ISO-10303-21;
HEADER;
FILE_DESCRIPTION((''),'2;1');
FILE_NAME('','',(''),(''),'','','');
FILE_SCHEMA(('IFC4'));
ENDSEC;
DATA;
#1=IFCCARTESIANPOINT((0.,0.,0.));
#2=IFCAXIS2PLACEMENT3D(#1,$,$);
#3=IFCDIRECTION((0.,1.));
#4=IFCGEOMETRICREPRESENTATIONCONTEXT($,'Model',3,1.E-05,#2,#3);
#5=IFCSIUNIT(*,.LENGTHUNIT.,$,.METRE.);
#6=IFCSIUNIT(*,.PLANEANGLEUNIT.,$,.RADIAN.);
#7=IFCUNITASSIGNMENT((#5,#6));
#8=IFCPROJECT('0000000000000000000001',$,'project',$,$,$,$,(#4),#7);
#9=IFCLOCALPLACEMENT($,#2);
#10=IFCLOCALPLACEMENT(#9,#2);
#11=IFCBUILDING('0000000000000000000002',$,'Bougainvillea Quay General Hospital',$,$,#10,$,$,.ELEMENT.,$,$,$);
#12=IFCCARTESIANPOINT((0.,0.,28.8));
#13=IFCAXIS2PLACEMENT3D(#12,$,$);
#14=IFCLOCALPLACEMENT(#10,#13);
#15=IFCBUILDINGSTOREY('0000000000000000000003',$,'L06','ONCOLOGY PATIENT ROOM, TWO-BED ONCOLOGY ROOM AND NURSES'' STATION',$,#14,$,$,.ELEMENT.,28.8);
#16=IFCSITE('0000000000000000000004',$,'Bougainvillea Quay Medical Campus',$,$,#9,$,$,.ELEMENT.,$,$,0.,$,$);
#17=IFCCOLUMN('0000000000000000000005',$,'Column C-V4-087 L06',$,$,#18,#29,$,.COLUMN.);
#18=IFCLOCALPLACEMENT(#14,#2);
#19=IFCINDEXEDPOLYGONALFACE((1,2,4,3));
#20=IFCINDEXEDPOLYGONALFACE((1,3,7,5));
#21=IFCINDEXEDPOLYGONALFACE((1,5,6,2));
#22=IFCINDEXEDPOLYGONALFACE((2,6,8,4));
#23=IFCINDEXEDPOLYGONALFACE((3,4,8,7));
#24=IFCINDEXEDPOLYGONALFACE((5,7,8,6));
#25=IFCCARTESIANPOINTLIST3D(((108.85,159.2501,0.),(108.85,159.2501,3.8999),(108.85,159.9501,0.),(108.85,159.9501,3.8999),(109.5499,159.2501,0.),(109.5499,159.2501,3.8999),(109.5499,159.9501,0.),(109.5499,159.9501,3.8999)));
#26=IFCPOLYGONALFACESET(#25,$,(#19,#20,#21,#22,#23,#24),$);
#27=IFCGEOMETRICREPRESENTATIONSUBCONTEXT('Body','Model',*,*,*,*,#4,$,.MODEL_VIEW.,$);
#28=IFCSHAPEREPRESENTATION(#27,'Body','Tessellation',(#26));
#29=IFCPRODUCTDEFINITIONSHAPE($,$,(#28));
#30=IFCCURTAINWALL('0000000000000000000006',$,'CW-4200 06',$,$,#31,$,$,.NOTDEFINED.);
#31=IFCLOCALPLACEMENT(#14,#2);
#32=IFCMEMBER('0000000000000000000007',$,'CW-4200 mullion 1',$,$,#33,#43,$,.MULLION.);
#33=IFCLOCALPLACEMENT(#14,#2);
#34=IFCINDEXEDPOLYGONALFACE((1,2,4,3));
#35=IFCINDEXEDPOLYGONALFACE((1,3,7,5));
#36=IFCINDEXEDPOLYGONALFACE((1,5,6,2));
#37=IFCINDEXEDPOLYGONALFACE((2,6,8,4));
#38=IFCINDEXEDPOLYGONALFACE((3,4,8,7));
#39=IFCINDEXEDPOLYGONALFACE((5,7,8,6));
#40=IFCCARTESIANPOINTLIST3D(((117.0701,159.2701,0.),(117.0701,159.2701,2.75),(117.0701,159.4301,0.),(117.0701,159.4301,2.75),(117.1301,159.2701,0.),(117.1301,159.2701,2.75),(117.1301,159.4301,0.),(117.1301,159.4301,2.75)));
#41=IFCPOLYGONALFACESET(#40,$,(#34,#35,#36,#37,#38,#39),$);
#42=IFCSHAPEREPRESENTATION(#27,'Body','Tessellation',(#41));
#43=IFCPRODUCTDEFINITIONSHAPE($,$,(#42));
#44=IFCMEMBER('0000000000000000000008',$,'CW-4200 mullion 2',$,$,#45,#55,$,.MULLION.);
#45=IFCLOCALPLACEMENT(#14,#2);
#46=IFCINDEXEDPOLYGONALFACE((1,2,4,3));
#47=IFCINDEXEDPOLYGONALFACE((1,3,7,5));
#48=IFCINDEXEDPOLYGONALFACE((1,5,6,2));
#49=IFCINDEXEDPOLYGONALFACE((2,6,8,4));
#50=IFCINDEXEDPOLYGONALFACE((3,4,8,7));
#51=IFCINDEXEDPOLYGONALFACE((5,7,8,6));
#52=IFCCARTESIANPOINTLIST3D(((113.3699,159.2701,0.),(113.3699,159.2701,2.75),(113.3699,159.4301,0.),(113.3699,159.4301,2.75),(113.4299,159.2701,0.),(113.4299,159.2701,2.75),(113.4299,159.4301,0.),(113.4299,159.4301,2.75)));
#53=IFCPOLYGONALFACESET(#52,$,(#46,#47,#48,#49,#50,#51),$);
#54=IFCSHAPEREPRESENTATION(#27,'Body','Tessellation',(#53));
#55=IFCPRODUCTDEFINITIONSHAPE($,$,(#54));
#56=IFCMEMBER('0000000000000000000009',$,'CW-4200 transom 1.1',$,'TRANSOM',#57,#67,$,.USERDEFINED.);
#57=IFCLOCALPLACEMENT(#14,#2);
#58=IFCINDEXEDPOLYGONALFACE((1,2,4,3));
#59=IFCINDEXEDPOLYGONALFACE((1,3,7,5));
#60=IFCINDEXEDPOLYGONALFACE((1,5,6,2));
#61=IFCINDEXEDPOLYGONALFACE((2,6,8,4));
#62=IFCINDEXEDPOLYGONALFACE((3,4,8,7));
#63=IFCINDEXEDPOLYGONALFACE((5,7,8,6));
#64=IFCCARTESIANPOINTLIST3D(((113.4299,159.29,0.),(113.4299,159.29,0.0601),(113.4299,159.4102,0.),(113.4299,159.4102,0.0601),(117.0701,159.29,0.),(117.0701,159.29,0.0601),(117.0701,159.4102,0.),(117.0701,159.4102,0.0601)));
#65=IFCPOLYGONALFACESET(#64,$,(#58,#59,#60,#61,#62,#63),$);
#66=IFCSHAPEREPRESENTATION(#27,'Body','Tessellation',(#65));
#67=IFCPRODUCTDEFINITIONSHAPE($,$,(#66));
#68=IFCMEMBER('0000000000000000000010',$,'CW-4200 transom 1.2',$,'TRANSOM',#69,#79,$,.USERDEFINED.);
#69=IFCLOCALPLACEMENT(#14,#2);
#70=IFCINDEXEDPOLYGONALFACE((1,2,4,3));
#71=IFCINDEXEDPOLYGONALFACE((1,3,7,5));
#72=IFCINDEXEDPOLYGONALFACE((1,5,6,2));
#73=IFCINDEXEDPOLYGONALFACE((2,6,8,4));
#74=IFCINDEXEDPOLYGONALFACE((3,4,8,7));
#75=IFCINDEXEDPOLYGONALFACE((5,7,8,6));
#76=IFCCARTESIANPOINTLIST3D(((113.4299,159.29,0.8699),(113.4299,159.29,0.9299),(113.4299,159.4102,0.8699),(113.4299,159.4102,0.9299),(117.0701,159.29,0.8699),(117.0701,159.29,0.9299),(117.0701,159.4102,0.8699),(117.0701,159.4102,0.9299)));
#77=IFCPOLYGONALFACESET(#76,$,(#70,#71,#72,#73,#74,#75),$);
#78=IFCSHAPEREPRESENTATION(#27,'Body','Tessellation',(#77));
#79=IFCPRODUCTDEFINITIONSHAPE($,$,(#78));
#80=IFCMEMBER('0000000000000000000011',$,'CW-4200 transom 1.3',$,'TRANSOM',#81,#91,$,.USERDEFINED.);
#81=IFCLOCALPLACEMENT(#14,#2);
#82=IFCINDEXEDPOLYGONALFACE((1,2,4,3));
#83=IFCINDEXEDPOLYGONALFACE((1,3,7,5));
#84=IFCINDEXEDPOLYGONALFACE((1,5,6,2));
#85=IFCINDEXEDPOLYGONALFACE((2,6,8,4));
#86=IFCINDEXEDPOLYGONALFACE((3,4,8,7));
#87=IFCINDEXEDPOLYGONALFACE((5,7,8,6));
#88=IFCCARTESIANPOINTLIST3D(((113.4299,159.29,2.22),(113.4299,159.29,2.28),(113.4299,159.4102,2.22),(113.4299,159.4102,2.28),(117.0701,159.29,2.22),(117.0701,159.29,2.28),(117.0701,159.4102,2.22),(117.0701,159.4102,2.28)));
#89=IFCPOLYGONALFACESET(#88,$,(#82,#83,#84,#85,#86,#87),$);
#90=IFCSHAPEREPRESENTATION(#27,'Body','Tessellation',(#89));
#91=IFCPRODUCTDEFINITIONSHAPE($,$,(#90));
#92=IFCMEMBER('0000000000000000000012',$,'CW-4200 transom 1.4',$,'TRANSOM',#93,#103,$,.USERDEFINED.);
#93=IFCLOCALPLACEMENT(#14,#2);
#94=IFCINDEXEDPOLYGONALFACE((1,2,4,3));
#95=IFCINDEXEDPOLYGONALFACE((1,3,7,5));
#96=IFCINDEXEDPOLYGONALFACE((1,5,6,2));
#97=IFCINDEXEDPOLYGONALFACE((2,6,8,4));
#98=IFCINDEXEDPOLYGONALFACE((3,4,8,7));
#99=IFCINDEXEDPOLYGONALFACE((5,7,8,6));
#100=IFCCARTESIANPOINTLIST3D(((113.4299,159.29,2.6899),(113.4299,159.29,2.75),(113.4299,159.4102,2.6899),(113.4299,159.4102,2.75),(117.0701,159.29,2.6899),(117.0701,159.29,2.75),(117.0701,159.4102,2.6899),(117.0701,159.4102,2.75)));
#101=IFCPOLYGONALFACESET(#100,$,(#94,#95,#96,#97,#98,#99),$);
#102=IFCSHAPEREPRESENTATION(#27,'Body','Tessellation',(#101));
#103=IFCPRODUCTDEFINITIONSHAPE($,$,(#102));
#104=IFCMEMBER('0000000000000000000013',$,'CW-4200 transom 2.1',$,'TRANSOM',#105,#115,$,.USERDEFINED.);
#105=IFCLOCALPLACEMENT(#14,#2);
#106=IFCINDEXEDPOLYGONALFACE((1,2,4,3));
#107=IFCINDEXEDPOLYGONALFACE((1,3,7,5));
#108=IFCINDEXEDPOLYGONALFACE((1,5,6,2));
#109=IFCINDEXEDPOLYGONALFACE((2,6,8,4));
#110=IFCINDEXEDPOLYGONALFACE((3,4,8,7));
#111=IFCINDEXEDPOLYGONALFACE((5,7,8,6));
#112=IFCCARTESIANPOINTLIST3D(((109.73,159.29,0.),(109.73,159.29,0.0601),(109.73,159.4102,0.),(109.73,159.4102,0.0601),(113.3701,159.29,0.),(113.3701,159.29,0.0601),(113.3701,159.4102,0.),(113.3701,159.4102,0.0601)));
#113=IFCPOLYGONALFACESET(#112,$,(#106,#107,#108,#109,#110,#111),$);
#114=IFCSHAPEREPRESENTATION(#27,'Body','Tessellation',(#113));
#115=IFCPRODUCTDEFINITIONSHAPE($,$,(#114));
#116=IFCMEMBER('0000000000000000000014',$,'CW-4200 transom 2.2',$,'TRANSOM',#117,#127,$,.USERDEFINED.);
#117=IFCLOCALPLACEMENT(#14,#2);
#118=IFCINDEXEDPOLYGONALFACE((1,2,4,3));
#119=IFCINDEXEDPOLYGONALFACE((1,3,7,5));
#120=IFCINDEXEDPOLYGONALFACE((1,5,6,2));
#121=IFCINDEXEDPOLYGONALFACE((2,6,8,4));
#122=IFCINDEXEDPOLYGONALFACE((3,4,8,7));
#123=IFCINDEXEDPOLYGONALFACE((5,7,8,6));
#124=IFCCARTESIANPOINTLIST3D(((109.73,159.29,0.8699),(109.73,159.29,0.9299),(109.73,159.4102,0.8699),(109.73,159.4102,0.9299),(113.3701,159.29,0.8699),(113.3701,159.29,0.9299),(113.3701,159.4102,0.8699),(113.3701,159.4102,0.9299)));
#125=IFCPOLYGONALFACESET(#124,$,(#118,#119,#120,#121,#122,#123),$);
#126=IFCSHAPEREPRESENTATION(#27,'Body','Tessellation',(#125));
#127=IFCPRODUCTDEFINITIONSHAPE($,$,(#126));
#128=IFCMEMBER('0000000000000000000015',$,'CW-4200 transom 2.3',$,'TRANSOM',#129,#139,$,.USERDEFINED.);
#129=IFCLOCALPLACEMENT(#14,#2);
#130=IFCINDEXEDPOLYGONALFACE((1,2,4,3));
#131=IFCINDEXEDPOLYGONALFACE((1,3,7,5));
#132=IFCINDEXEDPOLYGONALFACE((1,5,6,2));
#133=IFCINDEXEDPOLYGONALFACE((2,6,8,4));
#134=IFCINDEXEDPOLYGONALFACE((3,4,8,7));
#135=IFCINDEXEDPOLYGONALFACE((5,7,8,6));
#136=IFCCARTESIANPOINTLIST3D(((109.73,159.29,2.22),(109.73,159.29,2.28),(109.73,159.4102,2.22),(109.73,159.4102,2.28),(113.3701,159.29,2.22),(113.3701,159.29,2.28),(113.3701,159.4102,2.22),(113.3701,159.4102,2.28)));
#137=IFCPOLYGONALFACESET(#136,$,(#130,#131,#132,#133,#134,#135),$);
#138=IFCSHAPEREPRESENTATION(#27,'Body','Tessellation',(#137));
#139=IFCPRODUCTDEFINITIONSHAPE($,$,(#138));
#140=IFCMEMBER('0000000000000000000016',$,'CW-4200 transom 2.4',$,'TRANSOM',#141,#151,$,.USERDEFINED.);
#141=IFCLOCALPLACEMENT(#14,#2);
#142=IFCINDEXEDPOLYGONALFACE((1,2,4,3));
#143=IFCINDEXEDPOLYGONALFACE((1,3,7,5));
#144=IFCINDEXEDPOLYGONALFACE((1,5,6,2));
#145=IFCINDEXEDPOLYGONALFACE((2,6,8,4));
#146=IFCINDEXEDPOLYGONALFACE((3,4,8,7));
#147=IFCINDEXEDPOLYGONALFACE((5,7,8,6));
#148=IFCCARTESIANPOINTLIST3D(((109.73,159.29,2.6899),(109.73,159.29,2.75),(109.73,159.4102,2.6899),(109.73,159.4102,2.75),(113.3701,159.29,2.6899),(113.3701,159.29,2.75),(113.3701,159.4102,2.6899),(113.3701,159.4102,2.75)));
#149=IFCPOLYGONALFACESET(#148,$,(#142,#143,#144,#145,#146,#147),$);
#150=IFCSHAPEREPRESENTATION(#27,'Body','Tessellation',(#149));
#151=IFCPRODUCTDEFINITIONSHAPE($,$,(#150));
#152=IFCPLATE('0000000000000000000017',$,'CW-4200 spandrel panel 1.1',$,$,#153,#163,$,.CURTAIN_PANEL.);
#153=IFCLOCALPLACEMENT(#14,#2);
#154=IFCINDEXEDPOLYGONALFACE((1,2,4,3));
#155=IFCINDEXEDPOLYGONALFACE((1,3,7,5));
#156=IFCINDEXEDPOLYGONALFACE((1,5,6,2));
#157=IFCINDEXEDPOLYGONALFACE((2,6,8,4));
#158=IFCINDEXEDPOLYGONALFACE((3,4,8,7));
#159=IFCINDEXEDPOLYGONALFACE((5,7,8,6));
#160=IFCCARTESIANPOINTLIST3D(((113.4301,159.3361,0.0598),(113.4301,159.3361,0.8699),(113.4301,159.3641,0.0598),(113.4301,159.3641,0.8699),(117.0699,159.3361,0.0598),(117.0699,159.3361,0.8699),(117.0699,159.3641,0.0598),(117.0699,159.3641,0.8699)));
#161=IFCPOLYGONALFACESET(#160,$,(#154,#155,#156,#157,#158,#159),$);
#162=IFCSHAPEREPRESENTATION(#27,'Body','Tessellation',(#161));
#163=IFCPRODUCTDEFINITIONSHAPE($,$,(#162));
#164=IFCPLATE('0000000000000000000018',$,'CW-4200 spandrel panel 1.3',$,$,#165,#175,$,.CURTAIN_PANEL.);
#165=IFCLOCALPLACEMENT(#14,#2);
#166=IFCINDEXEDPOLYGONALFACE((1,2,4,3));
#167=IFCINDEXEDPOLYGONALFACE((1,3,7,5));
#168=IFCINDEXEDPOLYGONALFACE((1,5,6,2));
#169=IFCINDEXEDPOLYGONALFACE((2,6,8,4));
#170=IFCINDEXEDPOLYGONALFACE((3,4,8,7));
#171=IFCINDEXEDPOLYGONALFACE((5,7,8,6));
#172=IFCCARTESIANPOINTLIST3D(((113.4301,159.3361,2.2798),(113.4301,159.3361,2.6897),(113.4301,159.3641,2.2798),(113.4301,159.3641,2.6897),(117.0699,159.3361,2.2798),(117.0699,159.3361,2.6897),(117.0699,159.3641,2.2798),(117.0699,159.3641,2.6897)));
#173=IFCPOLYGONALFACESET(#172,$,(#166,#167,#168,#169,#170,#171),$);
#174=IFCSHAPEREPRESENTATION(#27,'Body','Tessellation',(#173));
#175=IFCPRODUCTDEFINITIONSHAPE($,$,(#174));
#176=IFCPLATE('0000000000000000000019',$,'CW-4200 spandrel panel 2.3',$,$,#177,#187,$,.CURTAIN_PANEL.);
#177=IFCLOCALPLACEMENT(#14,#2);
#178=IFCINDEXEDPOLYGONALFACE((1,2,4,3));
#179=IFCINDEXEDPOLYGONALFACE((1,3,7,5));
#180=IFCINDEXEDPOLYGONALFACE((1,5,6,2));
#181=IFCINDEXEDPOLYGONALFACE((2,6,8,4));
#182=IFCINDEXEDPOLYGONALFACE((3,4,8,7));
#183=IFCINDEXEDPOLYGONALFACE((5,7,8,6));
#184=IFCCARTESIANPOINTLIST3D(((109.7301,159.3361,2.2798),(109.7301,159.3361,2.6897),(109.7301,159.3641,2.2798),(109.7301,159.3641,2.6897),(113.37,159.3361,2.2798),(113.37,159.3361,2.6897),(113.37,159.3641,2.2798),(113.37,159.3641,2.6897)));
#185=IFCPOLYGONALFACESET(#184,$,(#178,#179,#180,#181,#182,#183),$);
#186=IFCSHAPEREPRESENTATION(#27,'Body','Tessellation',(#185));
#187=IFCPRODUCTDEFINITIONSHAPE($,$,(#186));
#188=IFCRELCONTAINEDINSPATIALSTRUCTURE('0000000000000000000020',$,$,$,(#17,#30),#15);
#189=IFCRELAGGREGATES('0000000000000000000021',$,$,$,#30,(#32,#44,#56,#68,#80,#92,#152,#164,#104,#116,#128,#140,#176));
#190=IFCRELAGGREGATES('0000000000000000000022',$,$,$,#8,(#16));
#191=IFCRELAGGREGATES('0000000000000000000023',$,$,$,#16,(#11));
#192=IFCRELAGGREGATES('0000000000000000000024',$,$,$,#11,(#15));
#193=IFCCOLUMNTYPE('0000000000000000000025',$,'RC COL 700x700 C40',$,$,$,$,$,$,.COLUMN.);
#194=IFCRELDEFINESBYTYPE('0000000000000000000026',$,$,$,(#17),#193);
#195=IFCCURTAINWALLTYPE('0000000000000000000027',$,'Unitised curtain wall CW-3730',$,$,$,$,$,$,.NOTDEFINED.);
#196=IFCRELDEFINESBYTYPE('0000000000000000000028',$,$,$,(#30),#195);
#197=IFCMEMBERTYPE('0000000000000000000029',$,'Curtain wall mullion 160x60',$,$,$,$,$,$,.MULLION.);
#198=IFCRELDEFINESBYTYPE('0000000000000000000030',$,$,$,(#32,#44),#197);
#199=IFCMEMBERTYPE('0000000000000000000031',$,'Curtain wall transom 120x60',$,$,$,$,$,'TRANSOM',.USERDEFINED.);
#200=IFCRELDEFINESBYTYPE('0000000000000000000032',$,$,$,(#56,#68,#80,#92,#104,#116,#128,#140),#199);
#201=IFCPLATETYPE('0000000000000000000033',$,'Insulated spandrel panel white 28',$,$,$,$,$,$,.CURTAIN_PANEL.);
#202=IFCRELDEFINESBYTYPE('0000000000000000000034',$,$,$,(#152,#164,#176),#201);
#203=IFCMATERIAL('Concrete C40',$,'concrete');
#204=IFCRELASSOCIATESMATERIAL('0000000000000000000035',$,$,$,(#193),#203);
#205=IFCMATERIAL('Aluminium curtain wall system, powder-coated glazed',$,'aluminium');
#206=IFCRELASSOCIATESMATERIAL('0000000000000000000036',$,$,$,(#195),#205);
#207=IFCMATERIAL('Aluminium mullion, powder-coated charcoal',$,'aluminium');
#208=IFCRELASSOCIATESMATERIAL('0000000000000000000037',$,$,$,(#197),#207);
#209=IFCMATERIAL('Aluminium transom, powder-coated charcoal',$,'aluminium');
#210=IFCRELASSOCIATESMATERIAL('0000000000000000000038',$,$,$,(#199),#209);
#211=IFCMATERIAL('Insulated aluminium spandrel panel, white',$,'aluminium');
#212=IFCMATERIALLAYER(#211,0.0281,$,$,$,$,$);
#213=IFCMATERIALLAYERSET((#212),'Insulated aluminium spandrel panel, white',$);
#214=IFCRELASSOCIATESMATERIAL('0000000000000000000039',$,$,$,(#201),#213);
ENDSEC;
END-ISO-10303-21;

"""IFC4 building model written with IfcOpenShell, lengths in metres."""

from ifc_helpers import new_model, si_unit, direction, frame, origin, origin_2d, place, context, subcontext, project, spatial, rectangle, extrude, material, layer, layer_set, material_profile, profile_set, type_object, element, aggregate, save


model = new_model("IFC4")

# Units and contexts
model_context = context("Model", 3, precision=1e-05, world=origin(), true_north=direction((0.0, 1.0)))
body_context = subcontext(model_context, "Body", "Model", "MODEL_VIEW")
ifc_project = project(units=[si_unit("LENGTHUNIT", "METRE"), si_unit("PLANEANGLEUNIT", "RADIAN")], contexts=[model_context])

# Site, building, storey
site_placement = place(None, origin())
site = spatial("IfcSite", under=ifc_project, at=site_placement, Name="Bougainvillea Quay Medical Campus", CompositionType="ELEMENT", RefElevation=0.0)
building_placement = place(site_placement, origin())
building = spatial("IfcBuilding", under=site, at=building_placement, Name="Bougainvillea Quay General Hospital", CompositionType="ELEMENT")
storey_placement = place(building_placement, frame((0.0, 0.0, 28.8)))
storey = spatial("IfcBuildingStorey", under=building, at=storey_placement, Name="L06", Description="ONCOLOGY PATIENT ROOM, TWO-BED ONCOLOGY ROOM AND NURSES' STATION", CompositionType="ELEMENT", Elevation=28.8)

# Column
ifc_material_1 = material(Name="Concrete C40", Category="concrete")
ifc_material_profile_1 = material_profile(ifc_material_1, rectangle(XDim=0.7, YDim=0.7, at=origin_2d()))
ifc_profile_set_1 = profile_set([ifc_material_profile_1], Name="Concrete C40")
column_type = type_object("IfcColumnType", Name="RC COL 700x700 C40", PredefinedType="COLUMN", material=ifc_profile_set_1)
column_placement = place(storey_placement, frame((109.2, 159.6001, 0.0), z_axis=(0.0, 0.0, 1.0), x_axis=(1.0, 0.0, 0.0)))
element("IfcColumn", 1, at=column_placement, inside=storey, type_object=column_type, Name="Column C-V4-087 L06", PredefinedType="COLUMN", context=body_context, shape_type="SweptSolid", body=[
    extrude(rectangle(XDim=0.7, YDim=0.7, at=origin_2d()), origin(), (0.0, 0.0, 1.0), 3.8999),
])

# Curtain wall, members, plates
ifc_material_2 = material(Name="Aluminium curtain wall system, powder-coated glazed", Category="aluminium")
curtain_wall_type = type_object("IfcCurtainWallType", Name="Unitised curtain wall CW-3730", PredefinedType="NOTDEFINED", material=ifc_material_2)
curtain_wall_placement = place(storey_placement, origin())
curtain_wall = element("IfcCurtainWall", 2, at=curtain_wall_placement, inside=storey, type_object=curtain_wall_type, Name="CW-4200 06", PredefinedType="NOTDEFINED")
ifc_material_3 = material(Name="Aluminium mullion, powder-coated charcoal", Category="aluminium")
ifc_material_profile_2 = material_profile(ifc_material_3, rectangle(XDim=0.1599, YDim=0.0601, at=origin_2d()))
ifc_profile_set_2 = profile_set([ifc_material_profile_2], Name="Aluminium mullion, powder-coated charcoal")
member_type_1 = type_object("IfcMemberType", Name="Curtain wall mullion 160x60", PredefinedType="MULLION", material=ifc_profile_set_2)
member_1_placement = place(storey_placement, frame((117.1001, 159.3501, 0.0), z_axis=(0.0, 0.0, 1.0), x_axis=(0.0, -1.0, 0.0)))
member_1 = element("IfcMember", 3, at=member_1_placement, type_object=member_type_1, Name="CW-4200 mullion 1", PredefinedType="MULLION", context=body_context, shape_type="SweptSolid", body=[
    extrude(rectangle(XDim=0.1599, YDim=0.0601, at=origin_2d()), origin(), (0.0, 0.0, 1.0), 2.75),
])
member_2_placement = place(storey_placement, frame((113.3999, 159.3501, 0.0), z_axis=(0.0, 0.0, 1.0), x_axis=(0.0, -1.0, 0.0)))
member_2 = element("IfcMember", 4, at=member_2_placement, type_object=member_type_1, Name="CW-4200 mullion 2", PredefinedType="MULLION", context=body_context, shape_type="SweptSolid", body=[
    extrude(rectangle(XDim=0.1599, YDim=0.0601, at=origin_2d()), origin(), (0.0, 0.0, 1.0), 2.75),
])
ifc_material_4 = material(Name="Aluminium transom, powder-coated charcoal", Category="aluminium")
ifc_material_profile_3 = material_profile(ifc_material_4, rectangle(XDim=0.1201, YDim=0.0601, at=origin_2d()))
ifc_profile_set_3 = profile_set([ifc_material_profile_3], Name="Aluminium transom, powder-coated charcoal")
member_type_2 = type_object("IfcMemberType", Name="Curtain wall transom 120x60", ElementType="TRANSOM", PredefinedType="USERDEFINED", material=ifc_profile_set_3)
member_3_placement = place(storey_placement, frame((117.0701, 159.3501, 0.03), z_axis=(-1.0, 0.0, 0.0), x_axis=(0.0, -1.0, 0.0)))
member_3 = element("IfcMember", 5, at=member_3_placement, type_object=member_type_2, Name="CW-4200 transom 1.1", ObjectType="TRANSOM", PredefinedType="USERDEFINED", context=body_context, shape_type="SweptSolid", body=[
    extrude(rectangle(XDim=0.1201, YDim=0.0601, at=origin_2d()), origin(), (0.0, 0.0, 1.0), 3.6401),
])
member_4_placement = place(storey_placement, frame((117.0701, 159.3501, 0.8999), z_axis=(-1.0, 0.0, 0.0), x_axis=(0.0, -1.0, 0.0)))
member_4 = element("IfcMember", 6, at=member_4_placement, type_object=member_type_2, Name="CW-4200 transom 1.2", ObjectType="TRANSOM", PredefinedType="USERDEFINED", context=body_context, shape_type="SweptSolid", body=[
    extrude(rectangle(XDim=0.1201, YDim=0.0601, at=origin_2d()), origin(), (0.0, 0.0, 1.0), 3.6401),
])
member_5_placement = place(storey_placement, frame((117.0701, 159.3501, 2.25), z_axis=(-1.0, 0.0, 0.0), x_axis=(0.0, -1.0, 0.0)))
member_5 = element("IfcMember", 7, at=member_5_placement, type_object=member_type_2, Name="CW-4200 transom 1.3", ObjectType="TRANSOM", PredefinedType="USERDEFINED", context=body_context, shape_type="SweptSolid", body=[
    extrude(rectangle(XDim=0.1201, YDim=0.0601, at=origin_2d()), origin(), (0.0, 0.0, 1.0), 3.6401),
])
member_6_placement = place(storey_placement, frame((117.0701, 159.3501, 2.72), z_axis=(-1.0, 0.0, 0.0), x_axis=(0.0, -1.0, 0.0)))
member_6 = element("IfcMember", 8, at=member_6_placement, type_object=member_type_2, Name="CW-4200 transom 1.4", ObjectType="TRANSOM", PredefinedType="USERDEFINED", context=body_context, shape_type="SweptSolid", body=[
    extrude(rectangle(XDim=0.1201, YDim=0.0601, at=origin_2d()), origin(), (0.0, 0.0, 1.0), 3.6401),
])
member_7_placement = place(storey_placement, frame((113.3701, 159.3501, 0.03), z_axis=(-1.0, 0.0, 0.0), x_axis=(0.0, -1.0, 0.0)))
member_7 = element("IfcMember", 9, at=member_7_placement, type_object=member_type_2, Name="CW-4200 transom 2.1", ObjectType="TRANSOM", PredefinedType="USERDEFINED", context=body_context, shape_type="SweptSolid", body=[
    extrude(rectangle(XDim=0.1201, YDim=0.0601, at=origin_2d()), origin(), (0.0, 0.0, 1.0), 3.6401),
])
member_8_placement = place(storey_placement, frame((113.3701, 159.3501, 0.8999), z_axis=(-1.0, 0.0, 0.0), x_axis=(0.0, -1.0, 0.0)))
member_8 = element("IfcMember", 10, at=member_8_placement, type_object=member_type_2, Name="CW-4200 transom 2.2", ObjectType="TRANSOM", PredefinedType="USERDEFINED", context=body_context, shape_type="SweptSolid", body=[
    extrude(rectangle(XDim=0.1201, YDim=0.0601, at=origin_2d()), origin(), (0.0, 0.0, 1.0), 3.6401),
])
member_9_placement = place(storey_placement, frame((113.3701, 159.3501, 2.25), z_axis=(-1.0, 0.0, 0.0), x_axis=(0.0, -1.0, 0.0)))
member_9 = element("IfcMember", 11, at=member_9_placement, type_object=member_type_2, Name="CW-4200 transom 2.3", ObjectType="TRANSOM", PredefinedType="USERDEFINED", context=body_context, shape_type="SweptSolid", body=[
    extrude(rectangle(XDim=0.1201, YDim=0.0601, at=origin_2d()), origin(), (0.0, 0.0, 1.0), 3.6401),
])
member_10_placement = place(storey_placement, frame((113.3701, 159.3501, 2.72), z_axis=(-1.0, 0.0, 0.0), x_axis=(0.0, -1.0, 0.0)))
member_10 = element("IfcMember", 12, at=member_10_placement, type_object=member_type_2, Name="CW-4200 transom 2.4", ObjectType="TRANSOM", PredefinedType="USERDEFINED", context=body_context, shape_type="SweptSolid", body=[
    extrude(rectangle(XDim=0.1201, YDim=0.0601, at=origin_2d()), origin(), (0.0, 0.0, 1.0), 3.6401),
])
ifc_material_5 = material(Name="Insulated aluminium spandrel panel, white", Category="aluminium")
ifc_layer_1 = layer(ifc_material_5, 0.0281)
ifc_layer_set_1 = layer_set([ifc_layer_1], Name="Insulated aluminium spandrel panel, white")
plate_type_1 = type_object("IfcPlateType", Name="Insulated spandrel panel white 28", PredefinedType="CURTAIN_PANEL", material=ifc_layer_set_1)
plate_1_placement = place(storey_placement, frame((115.25, 159.3501, 0.0598), z_axis=(0.0, 0.0, 1.0), x_axis=(-1.0, 0.0, 0.0)))
plate_1 = element("IfcPlate", 13, at=plate_1_placement, type_object=plate_type_1, Name="CW-4200 spandrel panel 1.1", PredefinedType="CURTAIN_PANEL", context=body_context, shape_type="SweptSolid", body=[
    extrude(rectangle(XDim=3.6399, YDim=0.0281, at=origin_2d()), origin(), (0.0, 0.0, 1.0), 0.8101),
])
plate_2_placement = place(storey_placement, frame((115.25, 159.3501, 2.2798), z_axis=(0.0, 0.0, 1.0), x_axis=(-1.0, 0.0, 0.0)))
plate_2 = element("IfcPlate", 14, at=plate_2_placement, type_object=plate_type_1, Name="CW-4200 spandrel panel 1.3", PredefinedType="CURTAIN_PANEL", context=body_context, shape_type="SweptSolid", body=[
    extrude(rectangle(XDim=3.6399, YDim=0.0281, at=origin_2d()), origin(), (0.0, 0.0, 1.0), 0.4099),
])
plate_3_placement = place(storey_placement, frame((111.55, 159.3501, 2.2798), z_axis=(0.0, 0.0, 1.0), x_axis=(-1.0, 0.0, 0.0)))
plate_3 = element("IfcPlate", 15, at=plate_3_placement, type_object=plate_type_1, Name="CW-4200 spandrel panel 2.3", PredefinedType="CURTAIN_PANEL", context=body_context, shape_type="SweptSolid", body=[
    extrude(rectangle(XDim=3.6399, YDim=0.0281, at=origin_2d()), origin(), (0.0, 0.0, 1.0), 0.4099),
])
aggregate(curtain_wall, [member_1, member_2, member_3, member_4, member_5, member_6, plate_1, plate_2, member_7, member_8, member_9, member_10, plate_3])

save(model, "model.ifc")
